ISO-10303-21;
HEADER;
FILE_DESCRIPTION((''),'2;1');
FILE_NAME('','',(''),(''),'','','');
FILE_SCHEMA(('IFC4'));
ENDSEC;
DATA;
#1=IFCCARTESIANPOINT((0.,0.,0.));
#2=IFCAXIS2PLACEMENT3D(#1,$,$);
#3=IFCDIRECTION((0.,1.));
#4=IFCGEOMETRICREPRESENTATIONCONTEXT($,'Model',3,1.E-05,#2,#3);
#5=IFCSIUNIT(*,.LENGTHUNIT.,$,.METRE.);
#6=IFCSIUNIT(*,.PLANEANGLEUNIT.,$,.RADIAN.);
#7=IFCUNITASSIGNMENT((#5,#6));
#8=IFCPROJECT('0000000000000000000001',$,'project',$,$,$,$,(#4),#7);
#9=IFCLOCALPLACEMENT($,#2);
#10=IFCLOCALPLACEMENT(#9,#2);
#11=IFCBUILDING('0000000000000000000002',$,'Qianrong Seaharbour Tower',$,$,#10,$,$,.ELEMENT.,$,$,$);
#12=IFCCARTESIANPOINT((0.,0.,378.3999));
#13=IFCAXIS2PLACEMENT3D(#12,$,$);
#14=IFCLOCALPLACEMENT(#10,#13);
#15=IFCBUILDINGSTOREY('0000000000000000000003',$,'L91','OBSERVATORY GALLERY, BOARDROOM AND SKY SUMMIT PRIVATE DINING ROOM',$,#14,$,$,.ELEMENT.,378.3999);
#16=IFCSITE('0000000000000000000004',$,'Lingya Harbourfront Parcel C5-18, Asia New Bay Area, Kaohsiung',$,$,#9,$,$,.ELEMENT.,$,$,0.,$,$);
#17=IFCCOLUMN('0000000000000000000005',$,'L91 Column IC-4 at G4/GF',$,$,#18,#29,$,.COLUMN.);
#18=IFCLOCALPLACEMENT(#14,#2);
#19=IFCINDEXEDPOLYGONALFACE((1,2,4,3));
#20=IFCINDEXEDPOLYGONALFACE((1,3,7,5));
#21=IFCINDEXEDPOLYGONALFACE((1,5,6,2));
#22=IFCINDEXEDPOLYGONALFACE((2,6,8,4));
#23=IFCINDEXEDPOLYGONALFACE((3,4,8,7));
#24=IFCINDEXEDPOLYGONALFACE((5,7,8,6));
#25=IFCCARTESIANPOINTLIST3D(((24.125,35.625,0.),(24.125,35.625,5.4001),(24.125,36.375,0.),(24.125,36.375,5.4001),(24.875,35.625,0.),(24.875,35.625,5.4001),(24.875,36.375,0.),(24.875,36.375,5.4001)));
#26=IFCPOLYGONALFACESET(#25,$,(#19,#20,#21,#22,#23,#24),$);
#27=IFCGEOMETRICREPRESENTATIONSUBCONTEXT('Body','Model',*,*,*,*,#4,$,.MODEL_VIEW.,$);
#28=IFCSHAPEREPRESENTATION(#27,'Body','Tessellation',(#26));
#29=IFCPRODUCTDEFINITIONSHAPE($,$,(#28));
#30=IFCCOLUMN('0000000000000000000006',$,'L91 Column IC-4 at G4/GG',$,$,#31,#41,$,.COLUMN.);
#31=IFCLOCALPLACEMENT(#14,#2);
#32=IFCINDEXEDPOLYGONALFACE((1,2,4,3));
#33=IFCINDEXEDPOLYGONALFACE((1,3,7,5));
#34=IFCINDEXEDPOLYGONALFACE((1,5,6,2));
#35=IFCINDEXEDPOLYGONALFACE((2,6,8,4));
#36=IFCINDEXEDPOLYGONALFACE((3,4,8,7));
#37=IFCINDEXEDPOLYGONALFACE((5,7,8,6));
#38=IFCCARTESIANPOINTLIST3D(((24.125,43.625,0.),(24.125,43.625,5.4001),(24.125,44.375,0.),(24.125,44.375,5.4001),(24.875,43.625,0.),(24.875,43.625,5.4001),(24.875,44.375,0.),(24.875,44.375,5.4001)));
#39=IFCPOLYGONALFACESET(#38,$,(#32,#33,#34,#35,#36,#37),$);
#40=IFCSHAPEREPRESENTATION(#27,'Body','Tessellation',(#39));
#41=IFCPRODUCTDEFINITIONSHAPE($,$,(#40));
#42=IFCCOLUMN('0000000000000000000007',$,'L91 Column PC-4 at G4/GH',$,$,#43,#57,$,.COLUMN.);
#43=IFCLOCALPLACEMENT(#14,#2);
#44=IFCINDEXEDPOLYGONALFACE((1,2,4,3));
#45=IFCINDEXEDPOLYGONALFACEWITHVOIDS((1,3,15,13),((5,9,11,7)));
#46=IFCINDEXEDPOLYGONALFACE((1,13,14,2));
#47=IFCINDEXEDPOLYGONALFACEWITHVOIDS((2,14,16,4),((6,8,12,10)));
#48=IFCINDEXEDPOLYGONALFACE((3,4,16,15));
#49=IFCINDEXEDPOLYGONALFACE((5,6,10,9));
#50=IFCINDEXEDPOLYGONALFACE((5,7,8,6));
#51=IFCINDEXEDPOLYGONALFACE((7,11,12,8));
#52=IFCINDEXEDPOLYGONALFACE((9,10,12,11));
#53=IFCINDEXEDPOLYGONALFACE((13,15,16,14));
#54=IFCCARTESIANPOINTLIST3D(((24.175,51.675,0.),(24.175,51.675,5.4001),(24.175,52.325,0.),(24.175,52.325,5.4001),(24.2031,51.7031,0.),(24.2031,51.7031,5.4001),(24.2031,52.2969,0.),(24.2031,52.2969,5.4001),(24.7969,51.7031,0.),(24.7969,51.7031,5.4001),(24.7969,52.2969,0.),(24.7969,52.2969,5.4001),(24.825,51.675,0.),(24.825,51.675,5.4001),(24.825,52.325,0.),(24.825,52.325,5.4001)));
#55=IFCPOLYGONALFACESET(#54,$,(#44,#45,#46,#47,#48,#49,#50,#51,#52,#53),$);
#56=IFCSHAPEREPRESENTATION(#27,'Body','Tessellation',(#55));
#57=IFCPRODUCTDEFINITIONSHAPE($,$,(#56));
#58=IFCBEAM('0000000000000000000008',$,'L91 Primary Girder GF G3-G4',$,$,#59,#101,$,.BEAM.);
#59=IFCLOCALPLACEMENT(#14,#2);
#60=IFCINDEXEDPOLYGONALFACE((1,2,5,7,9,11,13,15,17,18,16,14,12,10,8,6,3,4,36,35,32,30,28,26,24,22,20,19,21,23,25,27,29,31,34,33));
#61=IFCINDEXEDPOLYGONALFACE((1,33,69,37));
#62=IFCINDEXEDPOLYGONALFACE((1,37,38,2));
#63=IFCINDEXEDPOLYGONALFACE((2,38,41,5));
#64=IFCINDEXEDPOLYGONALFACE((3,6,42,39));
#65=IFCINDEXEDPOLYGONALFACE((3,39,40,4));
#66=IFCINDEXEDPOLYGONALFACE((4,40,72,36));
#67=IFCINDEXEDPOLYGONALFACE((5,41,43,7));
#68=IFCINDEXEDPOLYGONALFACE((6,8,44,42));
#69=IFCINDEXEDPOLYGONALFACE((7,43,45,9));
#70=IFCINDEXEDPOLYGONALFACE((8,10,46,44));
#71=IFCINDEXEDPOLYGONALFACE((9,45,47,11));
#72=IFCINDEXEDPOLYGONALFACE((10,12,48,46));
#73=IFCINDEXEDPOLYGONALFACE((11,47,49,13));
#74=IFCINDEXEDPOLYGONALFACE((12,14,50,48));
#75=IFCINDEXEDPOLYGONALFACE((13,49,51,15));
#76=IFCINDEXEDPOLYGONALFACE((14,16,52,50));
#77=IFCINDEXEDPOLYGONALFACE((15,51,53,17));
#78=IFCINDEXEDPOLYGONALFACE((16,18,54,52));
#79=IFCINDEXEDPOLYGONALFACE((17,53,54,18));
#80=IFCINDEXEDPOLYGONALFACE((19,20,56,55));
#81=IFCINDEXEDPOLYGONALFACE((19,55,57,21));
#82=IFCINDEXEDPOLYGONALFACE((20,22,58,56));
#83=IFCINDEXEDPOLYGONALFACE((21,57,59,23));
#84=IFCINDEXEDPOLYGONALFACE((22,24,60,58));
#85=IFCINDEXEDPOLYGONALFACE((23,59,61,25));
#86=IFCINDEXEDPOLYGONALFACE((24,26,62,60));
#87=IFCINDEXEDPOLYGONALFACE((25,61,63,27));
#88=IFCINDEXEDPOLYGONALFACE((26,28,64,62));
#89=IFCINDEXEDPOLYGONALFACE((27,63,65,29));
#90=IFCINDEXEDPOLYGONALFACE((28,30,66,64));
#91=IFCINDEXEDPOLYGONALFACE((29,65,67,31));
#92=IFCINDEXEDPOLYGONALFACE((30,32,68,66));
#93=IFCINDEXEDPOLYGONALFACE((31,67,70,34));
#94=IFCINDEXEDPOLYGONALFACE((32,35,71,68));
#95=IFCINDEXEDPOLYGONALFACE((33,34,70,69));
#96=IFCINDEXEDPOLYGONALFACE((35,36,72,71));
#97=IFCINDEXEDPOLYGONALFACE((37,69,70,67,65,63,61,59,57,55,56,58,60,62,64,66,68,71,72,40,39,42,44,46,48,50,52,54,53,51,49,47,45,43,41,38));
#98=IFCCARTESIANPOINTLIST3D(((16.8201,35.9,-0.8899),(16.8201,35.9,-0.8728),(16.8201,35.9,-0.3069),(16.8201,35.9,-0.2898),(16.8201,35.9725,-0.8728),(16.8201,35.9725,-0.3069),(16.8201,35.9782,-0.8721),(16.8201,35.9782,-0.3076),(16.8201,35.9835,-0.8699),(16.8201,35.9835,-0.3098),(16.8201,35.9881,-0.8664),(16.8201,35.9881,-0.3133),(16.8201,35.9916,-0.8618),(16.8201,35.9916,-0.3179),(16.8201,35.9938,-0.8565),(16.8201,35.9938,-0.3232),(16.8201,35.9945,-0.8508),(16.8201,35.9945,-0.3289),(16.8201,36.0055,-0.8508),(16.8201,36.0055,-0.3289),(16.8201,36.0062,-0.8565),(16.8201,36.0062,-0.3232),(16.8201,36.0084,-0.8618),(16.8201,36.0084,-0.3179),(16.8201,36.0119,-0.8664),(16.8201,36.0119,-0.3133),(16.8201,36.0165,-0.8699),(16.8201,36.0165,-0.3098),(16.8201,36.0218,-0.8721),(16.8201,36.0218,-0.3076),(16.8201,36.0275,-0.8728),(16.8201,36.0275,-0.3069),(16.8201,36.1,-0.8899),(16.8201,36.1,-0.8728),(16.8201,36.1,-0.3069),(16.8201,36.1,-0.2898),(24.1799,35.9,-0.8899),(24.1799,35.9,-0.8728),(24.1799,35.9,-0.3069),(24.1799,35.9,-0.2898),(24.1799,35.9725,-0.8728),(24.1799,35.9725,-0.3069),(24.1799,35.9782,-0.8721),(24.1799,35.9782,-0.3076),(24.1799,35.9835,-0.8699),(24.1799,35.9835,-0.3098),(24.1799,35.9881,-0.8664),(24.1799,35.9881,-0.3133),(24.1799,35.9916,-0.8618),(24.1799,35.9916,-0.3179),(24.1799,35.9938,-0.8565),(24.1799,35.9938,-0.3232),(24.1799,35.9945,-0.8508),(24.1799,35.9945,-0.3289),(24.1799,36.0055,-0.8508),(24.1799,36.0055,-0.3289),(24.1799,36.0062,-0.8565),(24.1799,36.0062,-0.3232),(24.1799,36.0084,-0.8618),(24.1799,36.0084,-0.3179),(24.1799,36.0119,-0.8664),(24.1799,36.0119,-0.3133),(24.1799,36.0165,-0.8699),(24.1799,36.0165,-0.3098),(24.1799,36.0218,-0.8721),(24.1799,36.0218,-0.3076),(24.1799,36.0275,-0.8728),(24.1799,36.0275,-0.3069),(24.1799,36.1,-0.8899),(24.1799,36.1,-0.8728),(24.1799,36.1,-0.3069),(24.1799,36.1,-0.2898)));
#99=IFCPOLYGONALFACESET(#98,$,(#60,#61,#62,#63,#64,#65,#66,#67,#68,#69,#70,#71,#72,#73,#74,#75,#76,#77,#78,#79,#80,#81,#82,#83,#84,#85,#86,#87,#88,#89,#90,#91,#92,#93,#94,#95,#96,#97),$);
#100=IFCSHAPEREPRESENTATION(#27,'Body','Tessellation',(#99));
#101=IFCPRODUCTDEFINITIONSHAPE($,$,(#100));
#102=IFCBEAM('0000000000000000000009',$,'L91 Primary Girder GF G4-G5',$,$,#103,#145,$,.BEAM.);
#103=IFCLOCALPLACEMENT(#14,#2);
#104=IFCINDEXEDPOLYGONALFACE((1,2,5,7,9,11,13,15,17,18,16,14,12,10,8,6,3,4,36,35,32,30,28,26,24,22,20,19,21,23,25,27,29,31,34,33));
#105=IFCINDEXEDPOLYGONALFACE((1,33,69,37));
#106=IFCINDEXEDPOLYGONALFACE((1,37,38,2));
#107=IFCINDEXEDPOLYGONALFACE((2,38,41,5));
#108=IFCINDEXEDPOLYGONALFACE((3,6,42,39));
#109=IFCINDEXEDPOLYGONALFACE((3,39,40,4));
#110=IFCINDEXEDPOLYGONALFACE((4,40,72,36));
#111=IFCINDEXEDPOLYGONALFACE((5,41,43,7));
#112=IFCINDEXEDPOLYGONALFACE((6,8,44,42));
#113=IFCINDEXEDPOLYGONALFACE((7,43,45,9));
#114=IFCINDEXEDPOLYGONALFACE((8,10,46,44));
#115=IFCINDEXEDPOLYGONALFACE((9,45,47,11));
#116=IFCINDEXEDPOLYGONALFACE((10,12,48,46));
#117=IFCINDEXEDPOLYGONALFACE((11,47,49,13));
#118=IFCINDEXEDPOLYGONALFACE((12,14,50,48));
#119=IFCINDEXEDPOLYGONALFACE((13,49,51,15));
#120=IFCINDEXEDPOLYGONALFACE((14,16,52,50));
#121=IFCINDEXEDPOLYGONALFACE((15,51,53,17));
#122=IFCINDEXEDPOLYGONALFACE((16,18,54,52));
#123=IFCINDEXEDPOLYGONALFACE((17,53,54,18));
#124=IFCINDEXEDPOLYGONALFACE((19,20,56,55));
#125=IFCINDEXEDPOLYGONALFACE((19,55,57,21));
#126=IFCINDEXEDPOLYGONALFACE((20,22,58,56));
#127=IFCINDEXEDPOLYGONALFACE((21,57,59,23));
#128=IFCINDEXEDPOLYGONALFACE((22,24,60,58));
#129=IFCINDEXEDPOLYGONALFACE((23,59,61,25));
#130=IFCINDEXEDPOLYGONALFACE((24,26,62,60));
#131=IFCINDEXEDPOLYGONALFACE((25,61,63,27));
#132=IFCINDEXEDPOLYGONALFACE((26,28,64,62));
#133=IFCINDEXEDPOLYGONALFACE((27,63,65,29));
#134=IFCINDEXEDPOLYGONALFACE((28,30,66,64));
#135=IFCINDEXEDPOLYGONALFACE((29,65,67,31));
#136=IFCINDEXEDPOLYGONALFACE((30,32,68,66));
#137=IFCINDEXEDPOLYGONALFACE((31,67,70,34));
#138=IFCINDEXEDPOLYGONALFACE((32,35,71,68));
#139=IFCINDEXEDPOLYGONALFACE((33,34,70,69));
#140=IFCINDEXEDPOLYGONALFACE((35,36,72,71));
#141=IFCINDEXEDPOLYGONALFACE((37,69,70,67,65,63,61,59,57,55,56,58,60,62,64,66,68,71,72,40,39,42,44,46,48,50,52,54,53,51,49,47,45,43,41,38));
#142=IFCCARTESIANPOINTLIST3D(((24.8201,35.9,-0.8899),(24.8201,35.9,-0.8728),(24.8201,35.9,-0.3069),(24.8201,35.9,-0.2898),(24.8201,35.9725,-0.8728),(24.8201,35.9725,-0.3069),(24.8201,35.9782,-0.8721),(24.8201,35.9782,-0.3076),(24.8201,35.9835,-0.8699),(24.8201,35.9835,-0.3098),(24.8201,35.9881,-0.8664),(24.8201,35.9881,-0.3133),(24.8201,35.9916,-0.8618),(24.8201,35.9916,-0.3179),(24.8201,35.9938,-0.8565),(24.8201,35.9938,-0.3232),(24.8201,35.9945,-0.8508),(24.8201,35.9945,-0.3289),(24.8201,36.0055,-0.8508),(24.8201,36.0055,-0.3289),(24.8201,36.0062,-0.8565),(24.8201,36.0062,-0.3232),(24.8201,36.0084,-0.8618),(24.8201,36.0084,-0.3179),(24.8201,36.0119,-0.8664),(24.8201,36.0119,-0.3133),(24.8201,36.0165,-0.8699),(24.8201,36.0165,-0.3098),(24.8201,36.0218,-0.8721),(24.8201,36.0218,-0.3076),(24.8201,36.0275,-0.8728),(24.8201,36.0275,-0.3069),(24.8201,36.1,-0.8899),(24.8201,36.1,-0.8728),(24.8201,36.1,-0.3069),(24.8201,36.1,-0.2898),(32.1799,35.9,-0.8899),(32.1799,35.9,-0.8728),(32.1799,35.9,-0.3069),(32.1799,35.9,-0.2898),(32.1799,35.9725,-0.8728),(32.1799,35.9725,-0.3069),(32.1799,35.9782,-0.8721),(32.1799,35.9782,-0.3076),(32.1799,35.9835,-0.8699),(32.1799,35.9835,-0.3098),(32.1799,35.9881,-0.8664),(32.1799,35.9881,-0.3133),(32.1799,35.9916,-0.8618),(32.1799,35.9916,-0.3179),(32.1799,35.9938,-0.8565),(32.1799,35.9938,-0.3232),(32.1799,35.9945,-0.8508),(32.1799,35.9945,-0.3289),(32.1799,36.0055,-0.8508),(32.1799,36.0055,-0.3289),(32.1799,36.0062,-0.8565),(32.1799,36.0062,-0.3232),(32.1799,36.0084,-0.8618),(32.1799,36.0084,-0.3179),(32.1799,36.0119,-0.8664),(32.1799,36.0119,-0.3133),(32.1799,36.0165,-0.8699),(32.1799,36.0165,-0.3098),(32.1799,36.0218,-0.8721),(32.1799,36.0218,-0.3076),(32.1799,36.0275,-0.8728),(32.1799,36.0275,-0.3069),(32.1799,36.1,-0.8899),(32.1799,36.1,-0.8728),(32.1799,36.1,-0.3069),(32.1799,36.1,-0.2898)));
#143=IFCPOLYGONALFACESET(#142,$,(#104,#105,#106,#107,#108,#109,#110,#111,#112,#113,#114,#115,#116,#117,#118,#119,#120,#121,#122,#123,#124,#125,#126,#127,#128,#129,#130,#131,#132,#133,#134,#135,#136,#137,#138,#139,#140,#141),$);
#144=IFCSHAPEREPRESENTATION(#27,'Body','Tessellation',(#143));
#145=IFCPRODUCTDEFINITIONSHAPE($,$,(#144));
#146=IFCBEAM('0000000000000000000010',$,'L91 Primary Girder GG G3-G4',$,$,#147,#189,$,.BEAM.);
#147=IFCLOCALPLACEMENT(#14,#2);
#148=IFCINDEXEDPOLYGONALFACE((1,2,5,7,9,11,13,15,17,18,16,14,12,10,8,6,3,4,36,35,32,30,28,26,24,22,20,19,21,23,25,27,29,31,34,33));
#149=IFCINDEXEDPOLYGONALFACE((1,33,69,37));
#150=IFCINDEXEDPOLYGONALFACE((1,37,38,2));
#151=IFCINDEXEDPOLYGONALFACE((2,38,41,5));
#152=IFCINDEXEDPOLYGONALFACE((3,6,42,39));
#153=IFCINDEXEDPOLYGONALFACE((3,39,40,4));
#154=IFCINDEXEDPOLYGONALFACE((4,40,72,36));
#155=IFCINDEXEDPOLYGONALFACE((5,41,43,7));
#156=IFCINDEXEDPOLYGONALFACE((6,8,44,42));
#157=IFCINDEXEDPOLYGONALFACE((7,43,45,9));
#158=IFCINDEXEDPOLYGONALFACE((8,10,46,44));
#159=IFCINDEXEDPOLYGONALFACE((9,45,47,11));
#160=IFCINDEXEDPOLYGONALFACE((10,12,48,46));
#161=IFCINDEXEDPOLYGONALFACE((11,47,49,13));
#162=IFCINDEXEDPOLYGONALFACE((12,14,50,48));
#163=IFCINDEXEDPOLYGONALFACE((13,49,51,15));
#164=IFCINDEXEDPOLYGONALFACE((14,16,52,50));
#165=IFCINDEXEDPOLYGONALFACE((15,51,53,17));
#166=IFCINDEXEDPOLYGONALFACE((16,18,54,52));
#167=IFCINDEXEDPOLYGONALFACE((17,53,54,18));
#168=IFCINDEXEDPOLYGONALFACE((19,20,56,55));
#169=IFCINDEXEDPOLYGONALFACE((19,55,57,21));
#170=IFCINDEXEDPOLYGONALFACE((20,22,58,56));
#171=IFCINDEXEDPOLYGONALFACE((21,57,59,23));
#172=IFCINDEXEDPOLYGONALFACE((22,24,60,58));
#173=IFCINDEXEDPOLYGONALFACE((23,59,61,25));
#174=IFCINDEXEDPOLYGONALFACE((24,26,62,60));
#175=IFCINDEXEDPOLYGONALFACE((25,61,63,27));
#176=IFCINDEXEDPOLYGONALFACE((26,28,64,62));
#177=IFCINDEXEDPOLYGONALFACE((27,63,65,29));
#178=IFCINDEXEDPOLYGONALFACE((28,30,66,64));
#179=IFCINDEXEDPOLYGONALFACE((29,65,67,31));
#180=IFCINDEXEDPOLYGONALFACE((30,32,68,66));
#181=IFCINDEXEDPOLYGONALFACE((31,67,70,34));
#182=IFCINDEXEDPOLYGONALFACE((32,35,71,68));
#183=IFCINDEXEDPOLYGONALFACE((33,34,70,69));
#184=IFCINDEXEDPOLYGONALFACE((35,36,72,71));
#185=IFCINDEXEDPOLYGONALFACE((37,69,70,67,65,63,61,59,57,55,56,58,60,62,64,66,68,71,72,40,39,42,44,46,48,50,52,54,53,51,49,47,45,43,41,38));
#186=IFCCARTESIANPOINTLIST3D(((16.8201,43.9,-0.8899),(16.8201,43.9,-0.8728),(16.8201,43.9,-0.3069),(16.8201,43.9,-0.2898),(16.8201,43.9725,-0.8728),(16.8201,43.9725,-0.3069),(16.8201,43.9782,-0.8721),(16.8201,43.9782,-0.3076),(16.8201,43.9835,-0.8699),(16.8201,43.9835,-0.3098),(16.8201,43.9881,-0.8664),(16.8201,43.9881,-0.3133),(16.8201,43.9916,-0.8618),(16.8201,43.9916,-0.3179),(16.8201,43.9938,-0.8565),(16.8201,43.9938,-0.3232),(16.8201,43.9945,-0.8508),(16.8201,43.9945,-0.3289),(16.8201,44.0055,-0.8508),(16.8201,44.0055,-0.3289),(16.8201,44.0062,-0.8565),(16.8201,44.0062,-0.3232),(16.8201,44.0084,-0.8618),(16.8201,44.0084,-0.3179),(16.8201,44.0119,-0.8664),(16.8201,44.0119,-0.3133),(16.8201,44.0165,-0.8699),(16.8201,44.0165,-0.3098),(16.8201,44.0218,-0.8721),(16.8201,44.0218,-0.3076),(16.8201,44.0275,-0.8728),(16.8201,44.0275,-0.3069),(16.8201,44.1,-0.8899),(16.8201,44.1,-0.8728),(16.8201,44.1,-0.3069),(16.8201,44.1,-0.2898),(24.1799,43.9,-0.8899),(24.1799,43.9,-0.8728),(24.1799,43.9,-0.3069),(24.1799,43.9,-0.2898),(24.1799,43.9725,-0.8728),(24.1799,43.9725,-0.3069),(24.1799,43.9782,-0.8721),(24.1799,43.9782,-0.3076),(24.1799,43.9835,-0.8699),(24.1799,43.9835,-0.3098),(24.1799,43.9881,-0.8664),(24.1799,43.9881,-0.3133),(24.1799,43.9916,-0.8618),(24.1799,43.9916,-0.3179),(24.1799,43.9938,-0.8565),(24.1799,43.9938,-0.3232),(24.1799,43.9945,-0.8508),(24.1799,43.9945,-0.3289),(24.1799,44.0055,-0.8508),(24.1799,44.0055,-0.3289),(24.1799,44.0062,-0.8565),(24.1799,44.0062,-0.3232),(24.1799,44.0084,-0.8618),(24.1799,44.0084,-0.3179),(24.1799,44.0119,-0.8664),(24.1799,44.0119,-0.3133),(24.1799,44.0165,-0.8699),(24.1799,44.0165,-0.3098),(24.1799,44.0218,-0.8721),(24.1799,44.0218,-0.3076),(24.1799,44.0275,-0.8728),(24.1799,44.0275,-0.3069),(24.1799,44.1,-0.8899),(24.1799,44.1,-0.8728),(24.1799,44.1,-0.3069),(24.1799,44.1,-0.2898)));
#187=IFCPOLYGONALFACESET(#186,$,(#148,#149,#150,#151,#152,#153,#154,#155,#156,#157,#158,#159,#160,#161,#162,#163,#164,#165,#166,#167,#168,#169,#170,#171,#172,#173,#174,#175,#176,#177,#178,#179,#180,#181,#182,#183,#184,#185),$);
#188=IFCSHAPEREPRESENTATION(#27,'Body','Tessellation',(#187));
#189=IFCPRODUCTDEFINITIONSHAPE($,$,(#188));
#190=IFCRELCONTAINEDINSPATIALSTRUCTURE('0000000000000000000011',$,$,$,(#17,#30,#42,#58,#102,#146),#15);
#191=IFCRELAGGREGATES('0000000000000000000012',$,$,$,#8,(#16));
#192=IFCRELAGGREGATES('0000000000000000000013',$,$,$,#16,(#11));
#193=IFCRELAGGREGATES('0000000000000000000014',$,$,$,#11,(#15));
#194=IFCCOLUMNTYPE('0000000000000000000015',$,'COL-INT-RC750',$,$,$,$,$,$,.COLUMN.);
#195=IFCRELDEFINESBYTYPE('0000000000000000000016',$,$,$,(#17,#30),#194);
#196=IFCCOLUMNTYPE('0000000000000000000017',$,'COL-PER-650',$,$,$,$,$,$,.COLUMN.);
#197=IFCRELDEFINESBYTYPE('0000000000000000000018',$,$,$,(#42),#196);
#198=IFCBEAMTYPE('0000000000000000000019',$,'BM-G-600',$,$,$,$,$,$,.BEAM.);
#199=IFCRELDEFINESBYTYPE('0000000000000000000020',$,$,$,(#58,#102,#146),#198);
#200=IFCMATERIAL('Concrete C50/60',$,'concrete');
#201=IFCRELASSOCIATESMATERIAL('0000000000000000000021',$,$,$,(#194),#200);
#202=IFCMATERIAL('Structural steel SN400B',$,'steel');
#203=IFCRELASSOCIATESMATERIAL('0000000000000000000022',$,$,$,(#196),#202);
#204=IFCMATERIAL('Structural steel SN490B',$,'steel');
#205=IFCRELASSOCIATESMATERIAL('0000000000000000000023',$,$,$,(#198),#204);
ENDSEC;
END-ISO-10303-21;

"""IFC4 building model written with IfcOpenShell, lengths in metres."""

from ifc_helpers import new_model, si_unit, direction, frame, origin, origin_2d, place, context, subcontext, project, spatial, rectangle, hollow_rectangle, i_section, extrude, material, material_profile, profile_set, type_object, element, save


model = new_model("IFC4")

# Units and contexts
model_context = context("Model", 3, precision=1e-05, world=origin(), true_north=direction((0.0, 1.0)))
body_context = subcontext(model_context, "Body", "Model", "MODEL_VIEW")
ifc_project = project(units=[si_unit("LENGTHUNIT", "METRE"), si_unit("PLANEANGLEUNIT", "RADIAN")], contexts=[model_context])

# Site, building, storey
site_placement = place(None, origin())
site = spatial("IfcSite", under=ifc_project, at=site_placement, Name="Lingya Harbourfront Parcel C5-18, Asia New Bay Area, Kaohsiung", CompositionType="ELEMENT", RefElevation=0.0)
building_placement = place(site_placement, origin())
building = spatial("IfcBuilding", under=site, at=building_placement, Name="Qianrong Seaharbour Tower", CompositionType="ELEMENT")
storey_placement = place(building_placement, frame((0.0, 0.0, 378.3999)))
storey = spatial("IfcBuildingStorey", under=building, at=storey_placement, Name="L91", Description="OBSERVATORY GALLERY, BOARDROOM AND SKY SUMMIT PRIVATE DINING ROOM", CompositionType="ELEMENT", Elevation=378.3999)

# Columns
ifc_material_1 = material(Name="Concrete C50/60", Category="concrete")
ifc_material_profile_1 = material_profile(ifc_material_1, rectangle(XDim=0.75, YDim=0.75, at=origin_2d()), Name="RC750x750")
ifc_profile_set_1 = profile_set([ifc_material_profile_1], Name="Concrete C50/60")
column_type_1 = type_object("IfcColumnType", Name="COL-INT-RC750", PredefinedType="COLUMN", material=ifc_profile_set_1)
for number, where, z_axis, x_axis, name in (
    (1, (24.5, 36.0, 0.0), (0.0, 0.0, 1.0), (1.0, 0.0, 0.0), "L91 Column IC-4 at G4/GF"),
    (2, (24.5, 44.0, 0.0), (0.0, 0.0, 1.0), (1.0, 0.0, 0.0), "L91 Column IC-4 at G4/GG"),
):
    element("IfcColumn", number, at=place(storey_placement, frame(where, z_axis=z_axis, x_axis=x_axis)), inside=storey, type_object=column_type_1, Name=name, PredefinedType="COLUMN", context=body_context, shape_type="SweptSolid", body=[
        extrude(rectangle(XDim=0.75, YDim=0.75, at=origin_2d()), origin(), (0.0, 0.0, 1.0), 5.4001),
    ])
ifc_material_2 = material(Name="Structural steel SN400B", Category="steel")
ifc_material_profile_2 = material_profile(ifc_material_2, hollow_rectangle(XDim=0.6499, YDim=0.6499, WallThickness=0.0281, at=origin_2d()), Name="BOX650x650x28")
ifc_profile_set_2 = profile_set([ifc_material_profile_2], Name="Structural steel SN400B")
column_type_2 = type_object("IfcColumnType", Name="COL-PER-650", PredefinedType="COLUMN", material=ifc_profile_set_2)
column_placement = place(storey_placement, frame((24.5, 52.0, 0.0), z_axis=(0.0, 0.0, 1.0), x_axis=(1.0, 0.0, 0.0)))
element("IfcColumn", 3, at=column_placement, inside=storey, type_object=column_type_2, Name="L91 Column PC-4 at G4/GH", PredefinedType="COLUMN", context=body_context, shape_type="SweptSolid", body=[
    extrude(hollow_rectangle(XDim=0.6499, YDim=0.6499, WallThickness=0.0281, at=origin_2d()), origin(), (0.0, 0.0, 1.0), 5.4001),
])

# Beams
ifc_material_3 = material(Name="Structural steel SN490B", Category="steel")
ifc_material_profile_3 = material_profile(ifc_material_3, i_section(OverallWidth=0.2, OverallDepth=0.6001, WebThickness=0.011, FlangeThickness=0.0171, FilletRadius=0.022, at=origin_2d()), Name="H600x200x11x17")
ifc_profile_set_3 = profile_set([ifc_material_profile_3], Name="Structural steel SN490B")
beam_type_1 = type_object("IfcBeamType", Name="BM-G-600", PredefinedType="BEAM", material=ifc_profile_set_3)
for number, where, z_axis, x_axis, name in (
    (4, (16.8201, 36.0, -0.5898), (1.0, 0.0, 0.0), (0.0, 1.0, 0.0), "L91 Primary Girder GF G3-G4"),
    (5, (24.8201, 36.0, -0.5898), (1.0, 0.0, 0.0), (0.0, 1.0, 0.0), "L91 Primary Girder GF G4-G5"),
    (6, (16.8201, 44.0, -0.5898), (1.0, 0.0, 0.0), (0.0, 1.0, 0.0), "L91 Primary Girder GG G3-G4"),
):
    element("IfcBeam", number, at=place(storey_placement, frame(where, z_axis=z_axis, x_axis=x_axis)), inside=storey, type_object=beam_type_1, Name=name, PredefinedType="BEAM", context=body_context, shape_type="SweptSolid", body=[
        extrude(i_section(OverallWidth=0.2, OverallDepth=0.6001, WebThickness=0.011, FlangeThickness=0.0171, FilletRadius=0.022, at=origin_2d()), origin(), (0.0, 0.0, 1.0), 7.3599),
    ])

save(model, "model.ifc")
